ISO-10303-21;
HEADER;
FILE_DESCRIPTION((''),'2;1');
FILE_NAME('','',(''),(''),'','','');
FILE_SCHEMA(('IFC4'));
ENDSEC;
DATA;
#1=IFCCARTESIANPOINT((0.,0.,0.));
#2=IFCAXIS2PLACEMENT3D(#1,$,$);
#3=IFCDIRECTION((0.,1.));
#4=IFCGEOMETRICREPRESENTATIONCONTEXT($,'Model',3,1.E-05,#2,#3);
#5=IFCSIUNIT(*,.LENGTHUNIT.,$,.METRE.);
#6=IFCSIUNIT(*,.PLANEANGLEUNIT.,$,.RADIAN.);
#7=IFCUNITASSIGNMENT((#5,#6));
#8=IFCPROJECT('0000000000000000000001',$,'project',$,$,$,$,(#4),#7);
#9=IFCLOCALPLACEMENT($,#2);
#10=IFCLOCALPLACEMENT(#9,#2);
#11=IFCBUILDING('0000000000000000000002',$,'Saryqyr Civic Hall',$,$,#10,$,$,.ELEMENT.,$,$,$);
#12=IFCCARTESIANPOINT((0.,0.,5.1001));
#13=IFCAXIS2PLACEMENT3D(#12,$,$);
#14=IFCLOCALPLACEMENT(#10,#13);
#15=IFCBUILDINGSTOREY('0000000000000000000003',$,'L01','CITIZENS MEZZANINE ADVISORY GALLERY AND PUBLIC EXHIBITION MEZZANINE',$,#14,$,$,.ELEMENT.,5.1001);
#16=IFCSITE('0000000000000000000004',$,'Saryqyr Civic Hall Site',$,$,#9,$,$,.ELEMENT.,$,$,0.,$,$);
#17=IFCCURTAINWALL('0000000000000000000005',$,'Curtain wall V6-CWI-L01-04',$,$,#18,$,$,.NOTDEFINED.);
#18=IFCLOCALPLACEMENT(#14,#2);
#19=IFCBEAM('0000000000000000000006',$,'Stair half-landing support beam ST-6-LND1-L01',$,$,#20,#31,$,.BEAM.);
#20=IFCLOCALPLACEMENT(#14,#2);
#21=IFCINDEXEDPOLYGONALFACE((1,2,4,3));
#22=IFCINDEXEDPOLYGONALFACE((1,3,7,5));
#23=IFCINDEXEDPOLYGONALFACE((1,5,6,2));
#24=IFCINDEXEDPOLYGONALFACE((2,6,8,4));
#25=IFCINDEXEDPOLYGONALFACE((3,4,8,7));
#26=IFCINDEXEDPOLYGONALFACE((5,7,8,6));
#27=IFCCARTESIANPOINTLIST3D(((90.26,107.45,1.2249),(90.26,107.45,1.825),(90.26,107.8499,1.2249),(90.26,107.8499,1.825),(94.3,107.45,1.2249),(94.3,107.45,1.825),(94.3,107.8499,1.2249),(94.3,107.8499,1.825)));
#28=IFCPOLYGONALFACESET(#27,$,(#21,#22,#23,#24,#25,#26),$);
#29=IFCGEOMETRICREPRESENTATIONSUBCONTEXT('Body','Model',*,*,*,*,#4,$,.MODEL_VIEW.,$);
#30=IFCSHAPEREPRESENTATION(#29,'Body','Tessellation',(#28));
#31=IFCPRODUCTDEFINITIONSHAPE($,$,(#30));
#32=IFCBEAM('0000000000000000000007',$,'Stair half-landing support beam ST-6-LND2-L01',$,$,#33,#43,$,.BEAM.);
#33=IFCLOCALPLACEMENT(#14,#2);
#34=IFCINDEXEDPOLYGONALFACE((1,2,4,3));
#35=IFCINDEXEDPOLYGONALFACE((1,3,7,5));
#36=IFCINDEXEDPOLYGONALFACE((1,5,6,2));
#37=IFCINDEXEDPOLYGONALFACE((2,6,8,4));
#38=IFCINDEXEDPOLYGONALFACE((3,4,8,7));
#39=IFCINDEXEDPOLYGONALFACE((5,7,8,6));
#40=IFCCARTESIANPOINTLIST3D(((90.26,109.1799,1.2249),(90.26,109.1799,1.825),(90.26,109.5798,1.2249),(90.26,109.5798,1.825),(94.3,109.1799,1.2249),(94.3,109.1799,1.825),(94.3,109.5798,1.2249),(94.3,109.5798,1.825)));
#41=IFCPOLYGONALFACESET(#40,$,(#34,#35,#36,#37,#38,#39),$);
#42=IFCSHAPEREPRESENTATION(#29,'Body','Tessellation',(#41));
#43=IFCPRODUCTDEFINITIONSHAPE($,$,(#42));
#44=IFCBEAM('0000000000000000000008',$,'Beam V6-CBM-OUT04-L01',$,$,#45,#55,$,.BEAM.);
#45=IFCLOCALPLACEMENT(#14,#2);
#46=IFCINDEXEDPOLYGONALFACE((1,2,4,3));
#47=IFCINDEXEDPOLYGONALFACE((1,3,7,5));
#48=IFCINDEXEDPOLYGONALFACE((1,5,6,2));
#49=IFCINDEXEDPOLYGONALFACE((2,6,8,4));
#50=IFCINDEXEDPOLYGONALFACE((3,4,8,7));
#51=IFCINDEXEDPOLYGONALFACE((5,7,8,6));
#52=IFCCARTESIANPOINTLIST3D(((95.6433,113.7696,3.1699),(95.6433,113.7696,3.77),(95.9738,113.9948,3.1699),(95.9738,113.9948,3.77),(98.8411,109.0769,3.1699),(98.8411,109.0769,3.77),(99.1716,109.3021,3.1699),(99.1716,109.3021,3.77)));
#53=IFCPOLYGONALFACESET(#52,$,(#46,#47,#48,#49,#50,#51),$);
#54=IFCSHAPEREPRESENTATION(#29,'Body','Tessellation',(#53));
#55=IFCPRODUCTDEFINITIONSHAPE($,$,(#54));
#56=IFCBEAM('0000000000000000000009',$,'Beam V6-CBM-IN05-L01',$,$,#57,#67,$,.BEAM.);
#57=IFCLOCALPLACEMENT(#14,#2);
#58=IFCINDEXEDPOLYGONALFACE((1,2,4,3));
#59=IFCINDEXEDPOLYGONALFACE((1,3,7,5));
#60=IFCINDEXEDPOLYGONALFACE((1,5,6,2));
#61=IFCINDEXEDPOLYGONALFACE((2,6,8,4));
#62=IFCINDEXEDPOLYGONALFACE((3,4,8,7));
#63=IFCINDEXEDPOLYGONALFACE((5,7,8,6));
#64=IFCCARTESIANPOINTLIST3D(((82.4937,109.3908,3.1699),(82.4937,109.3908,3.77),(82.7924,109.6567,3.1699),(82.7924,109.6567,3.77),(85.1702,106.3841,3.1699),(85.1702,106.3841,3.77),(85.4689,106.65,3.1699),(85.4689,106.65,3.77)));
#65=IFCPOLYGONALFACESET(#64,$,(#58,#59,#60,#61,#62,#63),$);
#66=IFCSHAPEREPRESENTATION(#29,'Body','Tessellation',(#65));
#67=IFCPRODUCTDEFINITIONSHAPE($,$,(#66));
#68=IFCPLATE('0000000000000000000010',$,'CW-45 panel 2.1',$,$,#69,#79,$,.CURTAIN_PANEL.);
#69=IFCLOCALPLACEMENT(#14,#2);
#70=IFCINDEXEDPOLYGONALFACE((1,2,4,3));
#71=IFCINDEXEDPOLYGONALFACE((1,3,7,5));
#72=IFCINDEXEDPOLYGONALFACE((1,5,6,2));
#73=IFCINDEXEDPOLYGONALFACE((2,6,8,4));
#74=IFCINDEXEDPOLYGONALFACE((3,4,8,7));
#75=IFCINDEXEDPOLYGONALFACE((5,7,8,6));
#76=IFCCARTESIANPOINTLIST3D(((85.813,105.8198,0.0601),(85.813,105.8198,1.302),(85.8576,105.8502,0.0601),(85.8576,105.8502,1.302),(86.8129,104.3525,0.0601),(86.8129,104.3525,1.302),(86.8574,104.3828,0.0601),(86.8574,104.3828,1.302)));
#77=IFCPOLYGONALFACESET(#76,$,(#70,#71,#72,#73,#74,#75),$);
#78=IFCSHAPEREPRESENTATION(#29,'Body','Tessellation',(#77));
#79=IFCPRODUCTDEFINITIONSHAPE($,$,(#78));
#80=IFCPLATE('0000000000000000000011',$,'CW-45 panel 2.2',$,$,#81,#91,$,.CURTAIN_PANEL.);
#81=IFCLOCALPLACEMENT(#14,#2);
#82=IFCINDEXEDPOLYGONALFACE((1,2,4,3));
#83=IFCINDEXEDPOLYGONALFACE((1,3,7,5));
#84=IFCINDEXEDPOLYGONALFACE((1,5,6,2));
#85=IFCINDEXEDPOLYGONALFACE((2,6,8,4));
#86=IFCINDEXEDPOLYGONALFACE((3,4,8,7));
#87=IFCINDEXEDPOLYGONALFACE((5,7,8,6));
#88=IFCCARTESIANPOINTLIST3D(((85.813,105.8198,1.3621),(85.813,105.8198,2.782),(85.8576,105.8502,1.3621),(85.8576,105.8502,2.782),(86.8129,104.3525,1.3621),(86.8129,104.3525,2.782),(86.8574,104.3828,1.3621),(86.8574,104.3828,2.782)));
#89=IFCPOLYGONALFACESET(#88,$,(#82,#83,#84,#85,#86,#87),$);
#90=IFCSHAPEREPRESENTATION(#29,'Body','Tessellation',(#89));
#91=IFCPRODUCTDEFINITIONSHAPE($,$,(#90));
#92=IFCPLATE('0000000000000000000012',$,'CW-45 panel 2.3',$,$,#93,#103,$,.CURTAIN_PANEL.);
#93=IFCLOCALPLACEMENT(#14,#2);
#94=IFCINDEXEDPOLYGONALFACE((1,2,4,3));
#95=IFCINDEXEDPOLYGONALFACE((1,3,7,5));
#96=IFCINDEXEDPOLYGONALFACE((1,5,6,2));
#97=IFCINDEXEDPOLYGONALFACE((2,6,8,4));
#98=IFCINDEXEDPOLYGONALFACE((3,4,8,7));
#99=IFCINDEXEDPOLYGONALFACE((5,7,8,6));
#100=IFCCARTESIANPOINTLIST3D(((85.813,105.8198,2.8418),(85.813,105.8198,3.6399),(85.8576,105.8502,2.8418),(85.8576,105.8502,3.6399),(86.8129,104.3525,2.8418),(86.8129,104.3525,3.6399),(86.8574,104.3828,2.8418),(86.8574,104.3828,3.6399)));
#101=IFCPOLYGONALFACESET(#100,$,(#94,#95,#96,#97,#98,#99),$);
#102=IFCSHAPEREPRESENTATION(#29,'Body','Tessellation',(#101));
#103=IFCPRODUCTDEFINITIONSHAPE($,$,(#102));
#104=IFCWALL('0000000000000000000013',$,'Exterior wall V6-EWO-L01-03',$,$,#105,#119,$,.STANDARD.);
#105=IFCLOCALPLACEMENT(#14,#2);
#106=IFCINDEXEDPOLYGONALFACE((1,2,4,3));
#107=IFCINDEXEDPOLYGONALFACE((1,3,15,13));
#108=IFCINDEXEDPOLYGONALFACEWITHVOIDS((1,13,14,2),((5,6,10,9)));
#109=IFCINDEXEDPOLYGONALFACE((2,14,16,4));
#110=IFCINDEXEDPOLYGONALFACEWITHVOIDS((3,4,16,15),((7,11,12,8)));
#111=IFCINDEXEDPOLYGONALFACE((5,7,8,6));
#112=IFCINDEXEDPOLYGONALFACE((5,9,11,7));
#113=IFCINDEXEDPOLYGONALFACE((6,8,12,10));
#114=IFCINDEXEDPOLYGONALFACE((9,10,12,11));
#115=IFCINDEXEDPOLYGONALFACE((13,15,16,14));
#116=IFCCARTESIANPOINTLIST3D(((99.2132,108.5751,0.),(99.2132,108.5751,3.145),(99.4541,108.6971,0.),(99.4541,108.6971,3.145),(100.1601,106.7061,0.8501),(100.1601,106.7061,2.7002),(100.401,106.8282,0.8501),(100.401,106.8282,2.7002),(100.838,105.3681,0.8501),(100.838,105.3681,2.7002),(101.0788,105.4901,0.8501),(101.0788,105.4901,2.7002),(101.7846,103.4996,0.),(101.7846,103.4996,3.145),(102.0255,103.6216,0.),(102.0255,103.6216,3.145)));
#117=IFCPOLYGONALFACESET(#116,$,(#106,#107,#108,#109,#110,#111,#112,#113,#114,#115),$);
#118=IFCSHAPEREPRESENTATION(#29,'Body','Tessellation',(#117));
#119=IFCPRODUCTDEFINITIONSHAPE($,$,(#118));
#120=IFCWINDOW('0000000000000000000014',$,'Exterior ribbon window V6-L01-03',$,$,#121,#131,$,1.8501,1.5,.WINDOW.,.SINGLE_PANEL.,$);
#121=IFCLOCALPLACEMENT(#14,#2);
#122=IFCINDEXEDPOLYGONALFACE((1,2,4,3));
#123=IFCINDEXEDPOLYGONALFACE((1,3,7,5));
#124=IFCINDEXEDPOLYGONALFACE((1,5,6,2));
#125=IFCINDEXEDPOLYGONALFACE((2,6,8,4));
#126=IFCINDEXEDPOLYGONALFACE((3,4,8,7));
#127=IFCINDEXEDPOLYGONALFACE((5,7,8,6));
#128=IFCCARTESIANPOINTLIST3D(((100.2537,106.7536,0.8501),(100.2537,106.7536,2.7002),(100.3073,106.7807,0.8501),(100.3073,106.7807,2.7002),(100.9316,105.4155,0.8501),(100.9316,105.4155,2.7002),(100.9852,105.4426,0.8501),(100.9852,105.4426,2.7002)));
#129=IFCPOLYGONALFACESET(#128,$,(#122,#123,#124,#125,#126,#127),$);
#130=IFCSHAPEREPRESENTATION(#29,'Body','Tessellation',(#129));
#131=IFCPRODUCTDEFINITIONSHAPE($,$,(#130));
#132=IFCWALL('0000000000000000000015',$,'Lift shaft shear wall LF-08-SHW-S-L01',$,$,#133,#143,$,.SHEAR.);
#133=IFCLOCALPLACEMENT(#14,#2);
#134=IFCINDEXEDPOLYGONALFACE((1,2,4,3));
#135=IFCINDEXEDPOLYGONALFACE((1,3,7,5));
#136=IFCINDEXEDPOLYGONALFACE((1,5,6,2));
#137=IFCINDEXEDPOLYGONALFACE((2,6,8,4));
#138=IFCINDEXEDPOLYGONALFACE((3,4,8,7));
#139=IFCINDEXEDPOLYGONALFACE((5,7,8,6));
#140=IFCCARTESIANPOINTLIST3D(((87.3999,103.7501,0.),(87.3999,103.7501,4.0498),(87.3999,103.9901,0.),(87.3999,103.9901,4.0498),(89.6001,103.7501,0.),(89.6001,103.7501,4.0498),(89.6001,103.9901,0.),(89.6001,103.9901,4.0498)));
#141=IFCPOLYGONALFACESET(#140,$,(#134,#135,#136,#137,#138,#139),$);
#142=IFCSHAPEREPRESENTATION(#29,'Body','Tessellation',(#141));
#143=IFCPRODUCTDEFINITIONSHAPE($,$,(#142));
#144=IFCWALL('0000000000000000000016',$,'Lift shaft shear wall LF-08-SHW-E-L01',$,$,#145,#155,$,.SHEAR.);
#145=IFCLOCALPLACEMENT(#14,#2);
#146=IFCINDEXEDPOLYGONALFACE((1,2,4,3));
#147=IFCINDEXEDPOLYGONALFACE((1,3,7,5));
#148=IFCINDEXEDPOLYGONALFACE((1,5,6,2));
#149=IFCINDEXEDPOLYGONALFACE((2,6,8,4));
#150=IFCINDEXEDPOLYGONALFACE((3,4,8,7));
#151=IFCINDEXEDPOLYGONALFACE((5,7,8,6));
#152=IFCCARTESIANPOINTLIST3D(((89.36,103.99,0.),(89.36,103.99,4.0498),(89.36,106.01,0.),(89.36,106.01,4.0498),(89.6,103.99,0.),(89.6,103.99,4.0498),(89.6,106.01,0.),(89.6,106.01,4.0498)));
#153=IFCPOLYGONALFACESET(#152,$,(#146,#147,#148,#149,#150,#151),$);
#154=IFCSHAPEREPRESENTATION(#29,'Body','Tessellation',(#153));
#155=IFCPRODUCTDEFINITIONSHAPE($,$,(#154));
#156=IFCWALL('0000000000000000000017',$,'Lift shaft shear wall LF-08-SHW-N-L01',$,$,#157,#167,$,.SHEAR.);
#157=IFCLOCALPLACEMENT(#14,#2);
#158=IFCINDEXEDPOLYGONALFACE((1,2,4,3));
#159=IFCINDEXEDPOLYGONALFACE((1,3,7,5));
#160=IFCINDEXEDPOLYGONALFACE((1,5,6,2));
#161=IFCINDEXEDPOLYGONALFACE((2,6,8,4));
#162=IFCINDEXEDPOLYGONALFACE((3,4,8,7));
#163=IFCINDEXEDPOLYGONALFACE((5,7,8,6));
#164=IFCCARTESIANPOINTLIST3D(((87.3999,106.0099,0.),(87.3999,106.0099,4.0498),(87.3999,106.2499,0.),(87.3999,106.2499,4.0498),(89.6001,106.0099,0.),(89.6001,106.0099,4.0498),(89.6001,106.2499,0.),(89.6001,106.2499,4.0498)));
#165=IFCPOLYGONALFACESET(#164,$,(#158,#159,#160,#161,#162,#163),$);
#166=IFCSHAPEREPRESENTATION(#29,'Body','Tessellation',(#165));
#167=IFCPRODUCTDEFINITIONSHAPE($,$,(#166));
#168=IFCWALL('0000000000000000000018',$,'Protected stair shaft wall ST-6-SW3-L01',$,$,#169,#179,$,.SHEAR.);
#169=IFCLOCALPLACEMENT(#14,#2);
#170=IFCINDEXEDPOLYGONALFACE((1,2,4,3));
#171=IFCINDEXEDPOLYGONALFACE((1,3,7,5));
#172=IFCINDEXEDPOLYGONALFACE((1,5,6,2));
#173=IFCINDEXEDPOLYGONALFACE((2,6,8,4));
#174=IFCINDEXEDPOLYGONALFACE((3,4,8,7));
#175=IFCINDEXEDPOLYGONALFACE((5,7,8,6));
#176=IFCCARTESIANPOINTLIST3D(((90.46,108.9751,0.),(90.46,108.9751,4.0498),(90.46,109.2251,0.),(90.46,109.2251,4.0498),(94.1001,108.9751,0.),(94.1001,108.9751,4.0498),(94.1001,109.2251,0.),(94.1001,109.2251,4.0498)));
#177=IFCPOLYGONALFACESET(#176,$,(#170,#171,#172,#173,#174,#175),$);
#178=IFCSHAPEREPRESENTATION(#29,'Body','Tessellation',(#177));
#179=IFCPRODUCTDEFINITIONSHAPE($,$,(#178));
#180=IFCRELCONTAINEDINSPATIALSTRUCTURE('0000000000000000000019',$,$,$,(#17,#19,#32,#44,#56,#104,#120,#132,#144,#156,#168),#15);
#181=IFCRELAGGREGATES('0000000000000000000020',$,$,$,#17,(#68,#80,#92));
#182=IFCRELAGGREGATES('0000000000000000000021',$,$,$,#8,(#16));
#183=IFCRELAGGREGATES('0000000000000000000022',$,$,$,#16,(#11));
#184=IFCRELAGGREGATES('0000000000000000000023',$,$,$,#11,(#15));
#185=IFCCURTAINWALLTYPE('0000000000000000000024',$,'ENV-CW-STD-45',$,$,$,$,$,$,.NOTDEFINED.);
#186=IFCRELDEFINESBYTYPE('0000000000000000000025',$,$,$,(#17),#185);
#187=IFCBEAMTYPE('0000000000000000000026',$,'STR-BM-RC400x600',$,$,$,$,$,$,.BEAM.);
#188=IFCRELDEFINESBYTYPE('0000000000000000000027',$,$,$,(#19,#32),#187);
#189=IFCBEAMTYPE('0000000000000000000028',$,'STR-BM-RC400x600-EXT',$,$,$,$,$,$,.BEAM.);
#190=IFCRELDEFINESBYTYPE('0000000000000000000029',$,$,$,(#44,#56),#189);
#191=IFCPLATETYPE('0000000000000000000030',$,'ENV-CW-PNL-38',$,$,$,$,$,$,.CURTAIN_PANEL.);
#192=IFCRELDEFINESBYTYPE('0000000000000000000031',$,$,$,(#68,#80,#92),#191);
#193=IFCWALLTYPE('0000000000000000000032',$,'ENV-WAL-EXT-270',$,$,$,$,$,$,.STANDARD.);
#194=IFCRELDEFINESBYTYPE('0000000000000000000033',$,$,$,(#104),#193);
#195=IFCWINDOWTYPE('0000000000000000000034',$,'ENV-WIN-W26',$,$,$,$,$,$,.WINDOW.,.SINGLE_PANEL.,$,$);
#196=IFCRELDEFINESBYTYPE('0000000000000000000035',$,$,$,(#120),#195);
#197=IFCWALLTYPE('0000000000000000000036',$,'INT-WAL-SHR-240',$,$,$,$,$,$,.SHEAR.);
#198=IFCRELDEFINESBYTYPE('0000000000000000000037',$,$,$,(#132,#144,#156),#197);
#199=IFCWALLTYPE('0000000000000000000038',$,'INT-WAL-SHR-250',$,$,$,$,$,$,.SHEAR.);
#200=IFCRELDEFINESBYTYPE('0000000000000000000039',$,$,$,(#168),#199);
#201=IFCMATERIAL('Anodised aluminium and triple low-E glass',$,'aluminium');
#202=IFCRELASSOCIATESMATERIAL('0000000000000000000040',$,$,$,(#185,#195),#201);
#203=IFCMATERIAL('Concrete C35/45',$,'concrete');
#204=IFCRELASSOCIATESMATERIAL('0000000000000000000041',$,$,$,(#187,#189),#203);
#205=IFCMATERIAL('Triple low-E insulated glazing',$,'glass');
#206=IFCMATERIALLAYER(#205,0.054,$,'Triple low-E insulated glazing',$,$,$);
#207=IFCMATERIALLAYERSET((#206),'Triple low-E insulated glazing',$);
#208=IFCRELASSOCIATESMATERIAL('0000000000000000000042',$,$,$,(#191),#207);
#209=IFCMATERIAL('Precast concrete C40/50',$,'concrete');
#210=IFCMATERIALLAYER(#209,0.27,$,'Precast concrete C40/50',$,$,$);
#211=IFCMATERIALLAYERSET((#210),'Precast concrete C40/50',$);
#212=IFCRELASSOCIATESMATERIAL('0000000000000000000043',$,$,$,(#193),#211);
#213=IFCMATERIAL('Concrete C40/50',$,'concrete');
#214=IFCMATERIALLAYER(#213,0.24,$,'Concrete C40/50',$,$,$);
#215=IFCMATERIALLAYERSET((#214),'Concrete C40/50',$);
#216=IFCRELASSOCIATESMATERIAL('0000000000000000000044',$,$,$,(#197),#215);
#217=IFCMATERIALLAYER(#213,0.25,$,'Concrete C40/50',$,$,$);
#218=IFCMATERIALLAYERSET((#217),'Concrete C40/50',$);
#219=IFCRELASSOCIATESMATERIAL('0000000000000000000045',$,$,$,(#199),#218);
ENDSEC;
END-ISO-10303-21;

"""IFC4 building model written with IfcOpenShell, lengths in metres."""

from ifc_helpers import new_model, si_unit, direction, frame, frame_2d, origin, origin_2d, place, context, subcontext, project, spatial, rectangle, extrude, material, layer, layer_set, material_profile, profile_set, type_object, element, fill, aggregate, save


model = new_model("IFC4")

# Units and contexts
model_context = context("Model", 3, precision=1e-05, world=origin(), true_north=direction((0.0, 1.0)))
body_context = subcontext(model_context, "Body", "Model", "MODEL_VIEW")
ifc_project = project(units=[si_unit("LENGTHUNIT", "METRE"), si_unit("PLANEANGLEUNIT", "RADIAN")], contexts=[model_context])

# Site, building, storey
site_placement = place(None, origin())
site = spatial("IfcSite", under=ifc_project, at=site_placement, Name="Saryqyr Civic Hall Site", CompositionType="ELEMENT", RefElevation=0.0)
building_placement = place(site_placement, origin())
building = spatial("IfcBuilding", under=site, at=building_placement, Name="Saryqyr Civic Hall", CompositionType="ELEMENT")
storey_placement = place(building_placement, frame((0.0, 0.0, 5.1001)))
storey = spatial("IfcBuildingStorey", under=building, at=storey_placement, Name="L01", Description="CITIZENS MEZZANINE ADVISORY GALLERY AND PUBLIC EXHIBITION MEZZANINE", CompositionType="ELEMENT", Elevation=5.1001)

# Shared definitions
ifc_material_1 = material(Name="Concrete C40/50", Category="concrete")

# Curtain wall
ifc_material_2 = material(Name="Anodised aluminium and triple low-E glass", Category="aluminium")
curtain_wall_type_1 = type_object("IfcCurtainWallType", Name="ENV-CW-STD-45", PredefinedType="NOTDEFINED", material=ifc_material_2)
curtain_wall_1_placement = place(storey_placement, origin())
curtain_wall_1 = element("IfcCurtainWall", 1, at=curtain_wall_1_placement, inside=storey, type_object=curtain_wall_type_1, Name="Curtain wall V6-CWI-L01-04", PredefinedType="NOTDEFINED")

# Beams
ifc_material_3 = material(Name="Concrete C35/45", Category="concrete")
ifc_material_profile_1 = material_profile(ifc_material_3, rectangle(XDim=0.3999, YDim=0.6001, at=origin_2d()), Name="RC 400x600")
ifc_profile_set_1 = profile_set([ifc_material_profile_1], Name="Concrete C35/45")
beam_type_1 = type_object("IfcBeamType", Name="STR-BM-RC400x600", PredefinedType="BEAM", material=ifc_profile_set_1)
for number, where, z_axis, x_axis, name in (
    (2, (94.3, 107.6499, 1.5249), (-1.0, 0.0, 0.0), (0.0, -1.0, 0.0), "Stair half-landing support beam ST-6-LND1-L01"),
    (3, (94.3, 109.3799, 1.5249), (-1.0, 0.0, 0.0), (0.0, -1.0, 0.0), "Stair half-landing support beam ST-6-LND2-L01"),
):
    element("IfcBeam", number, at=place(storey_placement, frame(where, z_axis=z_axis, x_axis=x_axis)), inside=storey, type_object=beam_type_1, Name=name, PredefinedType="BEAM", context=body_context, shape_type="SweptSolid", body=[
        extrude(rectangle(XDim=0.3999, YDim=0.6001, at=origin_2d()), origin(), (0.0, 0.0, 1.0), 4.04),
    ])
ifc_material_profile_2 = material_profile(ifc_material_3, rectangle(XDim=0.3999, YDim=0.6001, at=origin_2d()), Name="RC 400x600")
ifc_profile_set_2 = profile_set([ifc_material_profile_2], Name="Concrete C35/45")
beam_type_2 = type_object("IfcBeamType", Name="STR-BM-RC400x600-EXT", PredefinedType="BEAM", material=ifc_profile_set_2)
beam_1_placement = place(storey_placement, frame((99.0063, 109.1895, 3.47), z_axis=(-0.563125, 0.826372, 0.0), x_axis=(-0.826372, -0.563125, 0.0)))
element("IfcBeam", 4, at=beam_1_placement, inside=storey, type_object=beam_type_2, Name="Beam V6-CBM-OUT04-L01", PredefinedType="BEAM", context=body_context, shape_type="SweptSolid", body=[
    extrude(rectangle(XDim=0.3999, YDim=0.6001, at=origin_2d()), origin(), (0.0, 0.0, 1.0), 5.6787),
])
beam_2_placement = place(storey_placement, frame((85.3196, 106.5171, 3.47), z_axis=(-0.664917, 0.746917, 0.0), x_axis=(-0.746917, -0.664917, 0.0)))
element("IfcBeam", 5, at=beam_2_placement, inside=storey, type_object=beam_type_2, Name="Beam V6-CBM-IN05-L01", PredefinedType="BEAM", context=body_context, shape_type="SweptSolid", body=[
    extrude(rectangle(XDim=0.3999, YDim=0.6001, at=origin_2d()), origin(), (0.0, 0.0, 1.0), 4.0254),
])

# Plates
ifc_material_4 = material(Name="Triple low-E insulated glazing", Category="glass")
ifc_layer_1 = layer(ifc_material_4, 0.054, Name="Triple low-E insulated glazing")
ifc_layer_set_1 = layer_set([ifc_layer_1], Name="Triple low-E insulated glazing")
plate_type = type_object("IfcPlateType", Name="ENV-CW-PNL-38", PredefinedType="CURTAIN_PANEL", material=ifc_layer_set_1)
plate_1_placement = place(storey_placement, frame((86.3352, 105.1013, 0.0601), z_axis=(0.0, 0.0, 1.0), x_axis=(-0.56312, 0.826375, 0.0)))
plate_1 = element("IfcPlate", 6, at=plate_1_placement, type_object=plate_type, Name="CW-45 panel 2.1", PredefinedType="CURTAIN_PANEL", context=body_context, shape_type="SweptSolid", body=[
    extrude(rectangle(XDim=1.7756, YDim=0.054, at=origin_2d()), origin(), (0.0, 0.0, 1.0), 1.2419),
])
plate_2_placement = place(storey_placement, frame((86.3352, 105.1013, 1.3621), z_axis=(0.0, 0.0, 1.0), x_axis=(-0.56312, 0.826375, 0.0)))
plate_2 = element("IfcPlate", 7, at=plate_2_placement, type_object=plate_type, Name="CW-45 panel 2.2", PredefinedType="CURTAIN_PANEL", context=body_context, shape_type="SweptSolid", body=[
    extrude(rectangle(XDim=1.7756, YDim=0.054, at=origin_2d()), origin(), (0.0, 0.0, 1.0), 1.4199),
])
plate_3_placement = place(storey_placement, frame((86.3352, 105.1013, 2.8418), z_axis=(0.0, 0.0, 1.0), x_axis=(-0.56312, 0.826375, 0.0)))
plate_3 = element("IfcPlate", 8, at=plate_3_placement, type_object=plate_type, Name="CW-45 panel 2.3", PredefinedType="CURTAIN_PANEL", context=body_context, shape_type="SweptSolid", body=[
    extrude(rectangle(XDim=1.7756, YDim=0.054, at=origin_2d()), origin(), (0.0, 0.0, 1.0), 0.7981),
])
aggregate(curtain_wall_1, [plate_1, plate_2, plate_3])

# Wall, opening, window
ifc_material_5 = material(Name="Precast concrete C40/50", Category="concrete")
ifc_layer_2 = layer(ifc_material_5, 0.27, Name="Precast concrete C40/50")
ifc_layer_set_2 = layer_set([ifc_layer_2], Name="Precast concrete C40/50")
wall_type_1 = type_object("IfcWallType", Name="ENV-WAL-EXT-270", PredefinedType="STANDARD", material=ifc_layer_set_2)
wall_1_placement = place(storey_placement, frame((99.3337, 108.636, 0.0), z_axis=(0.0, 0.0, 1.0), x_axis=(0.451927, -0.892055, 0.0)))
wall_1 = element("IfcWall", 9, at=wall_1_placement, inside=storey, type_object=wall_type_1, Name="Exterior wall V6-EWO-L01-03", PredefinedType="STANDARD", context=body_context, shape_type="SweptSolid", body=[
    extrude(rectangle(XDim=5.6897, YDim=0.27, at=frame_2d((2.8447, 0.0))), origin(), (0.0, 0.0, 1.0), 3.145),
])
opening_1_placement = place(wall_1_placement, frame((2.095, 0.0, 0.8501)))
opening_1 = element("IfcOpeningElement", 10, at=opening_1_placement, cuts=wall_1, PredefinedType="OPENING", context=body_context, shape_type="SweptSolid", body=[
    extrude(rectangle(XDim=1.5, YDim=1.8501, at=frame_2d((0.75, 0.925))), frame((0.0, 0.145, 0.0), z_axis=(0.0, -1.0, 0.0), x_axis=(1.0, 0.0, 0.0)), (0.0, 0.0, 1.0), 0.29),
])
window_type = type_object("IfcWindowType", Name="ENV-WIN-W26", PartitioningType="SINGLE_PANEL", PredefinedType="WINDOW", material=ifc_material_2)
window_placement = place(opening_1_placement, origin())
window = element("IfcWindow", 11, at=window_placement, inside=storey, type_object=window_type, Name="Exterior ribbon window V6-L01-03", OverallHeight=1.8501, OverallWidth=1.5, PartitioningType="SINGLE_PANEL", PredefinedType="WINDOW", context=body_context, shape_type="SweptSolid", body=[
    extrude(rectangle(XDim=1.5, YDim=1.8501, at=frame_2d((0.75, 0.925))), frame((0.0, 0.03, 0.0), z_axis=(0.0, -1.0, 0.0), x_axis=(1.0, 0.0, 0.0)), (0.0, 0.0, 1.0), 0.0601),
])
fill(opening_1, window)

# Walls
ifc_layer_3 = layer(ifc_material_1, 0.24, Name="Concrete C40/50")
ifc_layer_set_3 = layer_set([ifc_layer_3], Name="Concrete C40/50")
wall_type_2 = type_object("IfcWallType", Name="INT-WAL-SHR-240", PredefinedType="SHEAR", material=ifc_layer_set_3)
wall_2_placement = place(storey_placement, frame((89.6001, 103.8701, 0.0), z_axis=(0.0, 0.0, 1.0), x_axis=(-1.0, 0.0, 0.0)))
element("IfcWall", 12, at=wall_2_placement, inside=storey, type_object=wall_type_2, Name="Lift shaft shear wall LF-08-SHW-S-L01", PredefinedType="SHEAR", context=body_context, shape_type="SweptSolid", body=[
    extrude(rectangle(XDim=2.2002, YDim=0.24, at=frame_2d((1.1001, 0.0))), origin(), (0.0, 0.0, 1.0), 4.0498),
])
wall_3_placement = place(storey_placement, frame((89.48, 106.01, 0.0), z_axis=(0.0, 0.0, 1.0), x_axis=(0.0, -1.0, 0.0)))
element("IfcWall", 13, at=wall_3_placement, inside=storey, type_object=wall_type_2, Name="Lift shaft shear wall LF-08-SHW-E-L01", PredefinedType="SHEAR", context=body_context, shape_type="SweptSolid", body=[
    extrude(rectangle(XDim=2.02, YDim=0.24, at=frame_2d((1.01, 0.0))), origin(), (0.0, 0.0, 1.0), 4.0498),
])
wall_4_placement = place(storey_placement, frame((87.3999, 106.1299, 0.0), z_axis=(0.0, 0.0, 1.0), x_axis=(1.0, 0.0, 0.0)))
element("IfcWall", 14, at=wall_4_placement, inside=storey, type_object=wall_type_2, Name="Lift shaft shear wall LF-08-SHW-N-L01", PredefinedType="SHEAR", context=body_context, shape_type="SweptSolid", body=[
    extrude(rectangle(XDim=2.2002, YDim=0.24, at=frame_2d((1.1001, 0.0))), origin(), (0.0, 0.0, 1.0), 4.0498),
])

# Wall
ifc_layer_4 = layer(ifc_material_1, 0.25, Name="Concrete C40/50")
ifc_layer_set_4 = layer_set([ifc_layer_4], Name="Concrete C40/50")
wall_type_3 = type_object("IfcWallType", Name="INT-WAL-SHR-250", PredefinedType="SHEAR", material=ifc_layer_set_4)
wall_5_placement = place(storey_placement, frame((90.46, 109.1001, 0.0), z_axis=(0.0, 0.0, 1.0), x_axis=(1.0, 0.0, 0.0)))
element("IfcWall", 15, at=wall_5_placement, inside=storey, type_object=wall_type_3, Name="Protected stair shaft wall ST-6-SW3-L01", PredefinedType="SHEAR", context=body_context, shape_type="SweptSolid", body=[
    extrude(rectangle(XDim=3.6401, YDim=0.25, at=frame_2d((1.8201, 0.0))), origin(), (0.0, 0.0, 1.0), 4.0498),
])

save(model, "model.ifc")
